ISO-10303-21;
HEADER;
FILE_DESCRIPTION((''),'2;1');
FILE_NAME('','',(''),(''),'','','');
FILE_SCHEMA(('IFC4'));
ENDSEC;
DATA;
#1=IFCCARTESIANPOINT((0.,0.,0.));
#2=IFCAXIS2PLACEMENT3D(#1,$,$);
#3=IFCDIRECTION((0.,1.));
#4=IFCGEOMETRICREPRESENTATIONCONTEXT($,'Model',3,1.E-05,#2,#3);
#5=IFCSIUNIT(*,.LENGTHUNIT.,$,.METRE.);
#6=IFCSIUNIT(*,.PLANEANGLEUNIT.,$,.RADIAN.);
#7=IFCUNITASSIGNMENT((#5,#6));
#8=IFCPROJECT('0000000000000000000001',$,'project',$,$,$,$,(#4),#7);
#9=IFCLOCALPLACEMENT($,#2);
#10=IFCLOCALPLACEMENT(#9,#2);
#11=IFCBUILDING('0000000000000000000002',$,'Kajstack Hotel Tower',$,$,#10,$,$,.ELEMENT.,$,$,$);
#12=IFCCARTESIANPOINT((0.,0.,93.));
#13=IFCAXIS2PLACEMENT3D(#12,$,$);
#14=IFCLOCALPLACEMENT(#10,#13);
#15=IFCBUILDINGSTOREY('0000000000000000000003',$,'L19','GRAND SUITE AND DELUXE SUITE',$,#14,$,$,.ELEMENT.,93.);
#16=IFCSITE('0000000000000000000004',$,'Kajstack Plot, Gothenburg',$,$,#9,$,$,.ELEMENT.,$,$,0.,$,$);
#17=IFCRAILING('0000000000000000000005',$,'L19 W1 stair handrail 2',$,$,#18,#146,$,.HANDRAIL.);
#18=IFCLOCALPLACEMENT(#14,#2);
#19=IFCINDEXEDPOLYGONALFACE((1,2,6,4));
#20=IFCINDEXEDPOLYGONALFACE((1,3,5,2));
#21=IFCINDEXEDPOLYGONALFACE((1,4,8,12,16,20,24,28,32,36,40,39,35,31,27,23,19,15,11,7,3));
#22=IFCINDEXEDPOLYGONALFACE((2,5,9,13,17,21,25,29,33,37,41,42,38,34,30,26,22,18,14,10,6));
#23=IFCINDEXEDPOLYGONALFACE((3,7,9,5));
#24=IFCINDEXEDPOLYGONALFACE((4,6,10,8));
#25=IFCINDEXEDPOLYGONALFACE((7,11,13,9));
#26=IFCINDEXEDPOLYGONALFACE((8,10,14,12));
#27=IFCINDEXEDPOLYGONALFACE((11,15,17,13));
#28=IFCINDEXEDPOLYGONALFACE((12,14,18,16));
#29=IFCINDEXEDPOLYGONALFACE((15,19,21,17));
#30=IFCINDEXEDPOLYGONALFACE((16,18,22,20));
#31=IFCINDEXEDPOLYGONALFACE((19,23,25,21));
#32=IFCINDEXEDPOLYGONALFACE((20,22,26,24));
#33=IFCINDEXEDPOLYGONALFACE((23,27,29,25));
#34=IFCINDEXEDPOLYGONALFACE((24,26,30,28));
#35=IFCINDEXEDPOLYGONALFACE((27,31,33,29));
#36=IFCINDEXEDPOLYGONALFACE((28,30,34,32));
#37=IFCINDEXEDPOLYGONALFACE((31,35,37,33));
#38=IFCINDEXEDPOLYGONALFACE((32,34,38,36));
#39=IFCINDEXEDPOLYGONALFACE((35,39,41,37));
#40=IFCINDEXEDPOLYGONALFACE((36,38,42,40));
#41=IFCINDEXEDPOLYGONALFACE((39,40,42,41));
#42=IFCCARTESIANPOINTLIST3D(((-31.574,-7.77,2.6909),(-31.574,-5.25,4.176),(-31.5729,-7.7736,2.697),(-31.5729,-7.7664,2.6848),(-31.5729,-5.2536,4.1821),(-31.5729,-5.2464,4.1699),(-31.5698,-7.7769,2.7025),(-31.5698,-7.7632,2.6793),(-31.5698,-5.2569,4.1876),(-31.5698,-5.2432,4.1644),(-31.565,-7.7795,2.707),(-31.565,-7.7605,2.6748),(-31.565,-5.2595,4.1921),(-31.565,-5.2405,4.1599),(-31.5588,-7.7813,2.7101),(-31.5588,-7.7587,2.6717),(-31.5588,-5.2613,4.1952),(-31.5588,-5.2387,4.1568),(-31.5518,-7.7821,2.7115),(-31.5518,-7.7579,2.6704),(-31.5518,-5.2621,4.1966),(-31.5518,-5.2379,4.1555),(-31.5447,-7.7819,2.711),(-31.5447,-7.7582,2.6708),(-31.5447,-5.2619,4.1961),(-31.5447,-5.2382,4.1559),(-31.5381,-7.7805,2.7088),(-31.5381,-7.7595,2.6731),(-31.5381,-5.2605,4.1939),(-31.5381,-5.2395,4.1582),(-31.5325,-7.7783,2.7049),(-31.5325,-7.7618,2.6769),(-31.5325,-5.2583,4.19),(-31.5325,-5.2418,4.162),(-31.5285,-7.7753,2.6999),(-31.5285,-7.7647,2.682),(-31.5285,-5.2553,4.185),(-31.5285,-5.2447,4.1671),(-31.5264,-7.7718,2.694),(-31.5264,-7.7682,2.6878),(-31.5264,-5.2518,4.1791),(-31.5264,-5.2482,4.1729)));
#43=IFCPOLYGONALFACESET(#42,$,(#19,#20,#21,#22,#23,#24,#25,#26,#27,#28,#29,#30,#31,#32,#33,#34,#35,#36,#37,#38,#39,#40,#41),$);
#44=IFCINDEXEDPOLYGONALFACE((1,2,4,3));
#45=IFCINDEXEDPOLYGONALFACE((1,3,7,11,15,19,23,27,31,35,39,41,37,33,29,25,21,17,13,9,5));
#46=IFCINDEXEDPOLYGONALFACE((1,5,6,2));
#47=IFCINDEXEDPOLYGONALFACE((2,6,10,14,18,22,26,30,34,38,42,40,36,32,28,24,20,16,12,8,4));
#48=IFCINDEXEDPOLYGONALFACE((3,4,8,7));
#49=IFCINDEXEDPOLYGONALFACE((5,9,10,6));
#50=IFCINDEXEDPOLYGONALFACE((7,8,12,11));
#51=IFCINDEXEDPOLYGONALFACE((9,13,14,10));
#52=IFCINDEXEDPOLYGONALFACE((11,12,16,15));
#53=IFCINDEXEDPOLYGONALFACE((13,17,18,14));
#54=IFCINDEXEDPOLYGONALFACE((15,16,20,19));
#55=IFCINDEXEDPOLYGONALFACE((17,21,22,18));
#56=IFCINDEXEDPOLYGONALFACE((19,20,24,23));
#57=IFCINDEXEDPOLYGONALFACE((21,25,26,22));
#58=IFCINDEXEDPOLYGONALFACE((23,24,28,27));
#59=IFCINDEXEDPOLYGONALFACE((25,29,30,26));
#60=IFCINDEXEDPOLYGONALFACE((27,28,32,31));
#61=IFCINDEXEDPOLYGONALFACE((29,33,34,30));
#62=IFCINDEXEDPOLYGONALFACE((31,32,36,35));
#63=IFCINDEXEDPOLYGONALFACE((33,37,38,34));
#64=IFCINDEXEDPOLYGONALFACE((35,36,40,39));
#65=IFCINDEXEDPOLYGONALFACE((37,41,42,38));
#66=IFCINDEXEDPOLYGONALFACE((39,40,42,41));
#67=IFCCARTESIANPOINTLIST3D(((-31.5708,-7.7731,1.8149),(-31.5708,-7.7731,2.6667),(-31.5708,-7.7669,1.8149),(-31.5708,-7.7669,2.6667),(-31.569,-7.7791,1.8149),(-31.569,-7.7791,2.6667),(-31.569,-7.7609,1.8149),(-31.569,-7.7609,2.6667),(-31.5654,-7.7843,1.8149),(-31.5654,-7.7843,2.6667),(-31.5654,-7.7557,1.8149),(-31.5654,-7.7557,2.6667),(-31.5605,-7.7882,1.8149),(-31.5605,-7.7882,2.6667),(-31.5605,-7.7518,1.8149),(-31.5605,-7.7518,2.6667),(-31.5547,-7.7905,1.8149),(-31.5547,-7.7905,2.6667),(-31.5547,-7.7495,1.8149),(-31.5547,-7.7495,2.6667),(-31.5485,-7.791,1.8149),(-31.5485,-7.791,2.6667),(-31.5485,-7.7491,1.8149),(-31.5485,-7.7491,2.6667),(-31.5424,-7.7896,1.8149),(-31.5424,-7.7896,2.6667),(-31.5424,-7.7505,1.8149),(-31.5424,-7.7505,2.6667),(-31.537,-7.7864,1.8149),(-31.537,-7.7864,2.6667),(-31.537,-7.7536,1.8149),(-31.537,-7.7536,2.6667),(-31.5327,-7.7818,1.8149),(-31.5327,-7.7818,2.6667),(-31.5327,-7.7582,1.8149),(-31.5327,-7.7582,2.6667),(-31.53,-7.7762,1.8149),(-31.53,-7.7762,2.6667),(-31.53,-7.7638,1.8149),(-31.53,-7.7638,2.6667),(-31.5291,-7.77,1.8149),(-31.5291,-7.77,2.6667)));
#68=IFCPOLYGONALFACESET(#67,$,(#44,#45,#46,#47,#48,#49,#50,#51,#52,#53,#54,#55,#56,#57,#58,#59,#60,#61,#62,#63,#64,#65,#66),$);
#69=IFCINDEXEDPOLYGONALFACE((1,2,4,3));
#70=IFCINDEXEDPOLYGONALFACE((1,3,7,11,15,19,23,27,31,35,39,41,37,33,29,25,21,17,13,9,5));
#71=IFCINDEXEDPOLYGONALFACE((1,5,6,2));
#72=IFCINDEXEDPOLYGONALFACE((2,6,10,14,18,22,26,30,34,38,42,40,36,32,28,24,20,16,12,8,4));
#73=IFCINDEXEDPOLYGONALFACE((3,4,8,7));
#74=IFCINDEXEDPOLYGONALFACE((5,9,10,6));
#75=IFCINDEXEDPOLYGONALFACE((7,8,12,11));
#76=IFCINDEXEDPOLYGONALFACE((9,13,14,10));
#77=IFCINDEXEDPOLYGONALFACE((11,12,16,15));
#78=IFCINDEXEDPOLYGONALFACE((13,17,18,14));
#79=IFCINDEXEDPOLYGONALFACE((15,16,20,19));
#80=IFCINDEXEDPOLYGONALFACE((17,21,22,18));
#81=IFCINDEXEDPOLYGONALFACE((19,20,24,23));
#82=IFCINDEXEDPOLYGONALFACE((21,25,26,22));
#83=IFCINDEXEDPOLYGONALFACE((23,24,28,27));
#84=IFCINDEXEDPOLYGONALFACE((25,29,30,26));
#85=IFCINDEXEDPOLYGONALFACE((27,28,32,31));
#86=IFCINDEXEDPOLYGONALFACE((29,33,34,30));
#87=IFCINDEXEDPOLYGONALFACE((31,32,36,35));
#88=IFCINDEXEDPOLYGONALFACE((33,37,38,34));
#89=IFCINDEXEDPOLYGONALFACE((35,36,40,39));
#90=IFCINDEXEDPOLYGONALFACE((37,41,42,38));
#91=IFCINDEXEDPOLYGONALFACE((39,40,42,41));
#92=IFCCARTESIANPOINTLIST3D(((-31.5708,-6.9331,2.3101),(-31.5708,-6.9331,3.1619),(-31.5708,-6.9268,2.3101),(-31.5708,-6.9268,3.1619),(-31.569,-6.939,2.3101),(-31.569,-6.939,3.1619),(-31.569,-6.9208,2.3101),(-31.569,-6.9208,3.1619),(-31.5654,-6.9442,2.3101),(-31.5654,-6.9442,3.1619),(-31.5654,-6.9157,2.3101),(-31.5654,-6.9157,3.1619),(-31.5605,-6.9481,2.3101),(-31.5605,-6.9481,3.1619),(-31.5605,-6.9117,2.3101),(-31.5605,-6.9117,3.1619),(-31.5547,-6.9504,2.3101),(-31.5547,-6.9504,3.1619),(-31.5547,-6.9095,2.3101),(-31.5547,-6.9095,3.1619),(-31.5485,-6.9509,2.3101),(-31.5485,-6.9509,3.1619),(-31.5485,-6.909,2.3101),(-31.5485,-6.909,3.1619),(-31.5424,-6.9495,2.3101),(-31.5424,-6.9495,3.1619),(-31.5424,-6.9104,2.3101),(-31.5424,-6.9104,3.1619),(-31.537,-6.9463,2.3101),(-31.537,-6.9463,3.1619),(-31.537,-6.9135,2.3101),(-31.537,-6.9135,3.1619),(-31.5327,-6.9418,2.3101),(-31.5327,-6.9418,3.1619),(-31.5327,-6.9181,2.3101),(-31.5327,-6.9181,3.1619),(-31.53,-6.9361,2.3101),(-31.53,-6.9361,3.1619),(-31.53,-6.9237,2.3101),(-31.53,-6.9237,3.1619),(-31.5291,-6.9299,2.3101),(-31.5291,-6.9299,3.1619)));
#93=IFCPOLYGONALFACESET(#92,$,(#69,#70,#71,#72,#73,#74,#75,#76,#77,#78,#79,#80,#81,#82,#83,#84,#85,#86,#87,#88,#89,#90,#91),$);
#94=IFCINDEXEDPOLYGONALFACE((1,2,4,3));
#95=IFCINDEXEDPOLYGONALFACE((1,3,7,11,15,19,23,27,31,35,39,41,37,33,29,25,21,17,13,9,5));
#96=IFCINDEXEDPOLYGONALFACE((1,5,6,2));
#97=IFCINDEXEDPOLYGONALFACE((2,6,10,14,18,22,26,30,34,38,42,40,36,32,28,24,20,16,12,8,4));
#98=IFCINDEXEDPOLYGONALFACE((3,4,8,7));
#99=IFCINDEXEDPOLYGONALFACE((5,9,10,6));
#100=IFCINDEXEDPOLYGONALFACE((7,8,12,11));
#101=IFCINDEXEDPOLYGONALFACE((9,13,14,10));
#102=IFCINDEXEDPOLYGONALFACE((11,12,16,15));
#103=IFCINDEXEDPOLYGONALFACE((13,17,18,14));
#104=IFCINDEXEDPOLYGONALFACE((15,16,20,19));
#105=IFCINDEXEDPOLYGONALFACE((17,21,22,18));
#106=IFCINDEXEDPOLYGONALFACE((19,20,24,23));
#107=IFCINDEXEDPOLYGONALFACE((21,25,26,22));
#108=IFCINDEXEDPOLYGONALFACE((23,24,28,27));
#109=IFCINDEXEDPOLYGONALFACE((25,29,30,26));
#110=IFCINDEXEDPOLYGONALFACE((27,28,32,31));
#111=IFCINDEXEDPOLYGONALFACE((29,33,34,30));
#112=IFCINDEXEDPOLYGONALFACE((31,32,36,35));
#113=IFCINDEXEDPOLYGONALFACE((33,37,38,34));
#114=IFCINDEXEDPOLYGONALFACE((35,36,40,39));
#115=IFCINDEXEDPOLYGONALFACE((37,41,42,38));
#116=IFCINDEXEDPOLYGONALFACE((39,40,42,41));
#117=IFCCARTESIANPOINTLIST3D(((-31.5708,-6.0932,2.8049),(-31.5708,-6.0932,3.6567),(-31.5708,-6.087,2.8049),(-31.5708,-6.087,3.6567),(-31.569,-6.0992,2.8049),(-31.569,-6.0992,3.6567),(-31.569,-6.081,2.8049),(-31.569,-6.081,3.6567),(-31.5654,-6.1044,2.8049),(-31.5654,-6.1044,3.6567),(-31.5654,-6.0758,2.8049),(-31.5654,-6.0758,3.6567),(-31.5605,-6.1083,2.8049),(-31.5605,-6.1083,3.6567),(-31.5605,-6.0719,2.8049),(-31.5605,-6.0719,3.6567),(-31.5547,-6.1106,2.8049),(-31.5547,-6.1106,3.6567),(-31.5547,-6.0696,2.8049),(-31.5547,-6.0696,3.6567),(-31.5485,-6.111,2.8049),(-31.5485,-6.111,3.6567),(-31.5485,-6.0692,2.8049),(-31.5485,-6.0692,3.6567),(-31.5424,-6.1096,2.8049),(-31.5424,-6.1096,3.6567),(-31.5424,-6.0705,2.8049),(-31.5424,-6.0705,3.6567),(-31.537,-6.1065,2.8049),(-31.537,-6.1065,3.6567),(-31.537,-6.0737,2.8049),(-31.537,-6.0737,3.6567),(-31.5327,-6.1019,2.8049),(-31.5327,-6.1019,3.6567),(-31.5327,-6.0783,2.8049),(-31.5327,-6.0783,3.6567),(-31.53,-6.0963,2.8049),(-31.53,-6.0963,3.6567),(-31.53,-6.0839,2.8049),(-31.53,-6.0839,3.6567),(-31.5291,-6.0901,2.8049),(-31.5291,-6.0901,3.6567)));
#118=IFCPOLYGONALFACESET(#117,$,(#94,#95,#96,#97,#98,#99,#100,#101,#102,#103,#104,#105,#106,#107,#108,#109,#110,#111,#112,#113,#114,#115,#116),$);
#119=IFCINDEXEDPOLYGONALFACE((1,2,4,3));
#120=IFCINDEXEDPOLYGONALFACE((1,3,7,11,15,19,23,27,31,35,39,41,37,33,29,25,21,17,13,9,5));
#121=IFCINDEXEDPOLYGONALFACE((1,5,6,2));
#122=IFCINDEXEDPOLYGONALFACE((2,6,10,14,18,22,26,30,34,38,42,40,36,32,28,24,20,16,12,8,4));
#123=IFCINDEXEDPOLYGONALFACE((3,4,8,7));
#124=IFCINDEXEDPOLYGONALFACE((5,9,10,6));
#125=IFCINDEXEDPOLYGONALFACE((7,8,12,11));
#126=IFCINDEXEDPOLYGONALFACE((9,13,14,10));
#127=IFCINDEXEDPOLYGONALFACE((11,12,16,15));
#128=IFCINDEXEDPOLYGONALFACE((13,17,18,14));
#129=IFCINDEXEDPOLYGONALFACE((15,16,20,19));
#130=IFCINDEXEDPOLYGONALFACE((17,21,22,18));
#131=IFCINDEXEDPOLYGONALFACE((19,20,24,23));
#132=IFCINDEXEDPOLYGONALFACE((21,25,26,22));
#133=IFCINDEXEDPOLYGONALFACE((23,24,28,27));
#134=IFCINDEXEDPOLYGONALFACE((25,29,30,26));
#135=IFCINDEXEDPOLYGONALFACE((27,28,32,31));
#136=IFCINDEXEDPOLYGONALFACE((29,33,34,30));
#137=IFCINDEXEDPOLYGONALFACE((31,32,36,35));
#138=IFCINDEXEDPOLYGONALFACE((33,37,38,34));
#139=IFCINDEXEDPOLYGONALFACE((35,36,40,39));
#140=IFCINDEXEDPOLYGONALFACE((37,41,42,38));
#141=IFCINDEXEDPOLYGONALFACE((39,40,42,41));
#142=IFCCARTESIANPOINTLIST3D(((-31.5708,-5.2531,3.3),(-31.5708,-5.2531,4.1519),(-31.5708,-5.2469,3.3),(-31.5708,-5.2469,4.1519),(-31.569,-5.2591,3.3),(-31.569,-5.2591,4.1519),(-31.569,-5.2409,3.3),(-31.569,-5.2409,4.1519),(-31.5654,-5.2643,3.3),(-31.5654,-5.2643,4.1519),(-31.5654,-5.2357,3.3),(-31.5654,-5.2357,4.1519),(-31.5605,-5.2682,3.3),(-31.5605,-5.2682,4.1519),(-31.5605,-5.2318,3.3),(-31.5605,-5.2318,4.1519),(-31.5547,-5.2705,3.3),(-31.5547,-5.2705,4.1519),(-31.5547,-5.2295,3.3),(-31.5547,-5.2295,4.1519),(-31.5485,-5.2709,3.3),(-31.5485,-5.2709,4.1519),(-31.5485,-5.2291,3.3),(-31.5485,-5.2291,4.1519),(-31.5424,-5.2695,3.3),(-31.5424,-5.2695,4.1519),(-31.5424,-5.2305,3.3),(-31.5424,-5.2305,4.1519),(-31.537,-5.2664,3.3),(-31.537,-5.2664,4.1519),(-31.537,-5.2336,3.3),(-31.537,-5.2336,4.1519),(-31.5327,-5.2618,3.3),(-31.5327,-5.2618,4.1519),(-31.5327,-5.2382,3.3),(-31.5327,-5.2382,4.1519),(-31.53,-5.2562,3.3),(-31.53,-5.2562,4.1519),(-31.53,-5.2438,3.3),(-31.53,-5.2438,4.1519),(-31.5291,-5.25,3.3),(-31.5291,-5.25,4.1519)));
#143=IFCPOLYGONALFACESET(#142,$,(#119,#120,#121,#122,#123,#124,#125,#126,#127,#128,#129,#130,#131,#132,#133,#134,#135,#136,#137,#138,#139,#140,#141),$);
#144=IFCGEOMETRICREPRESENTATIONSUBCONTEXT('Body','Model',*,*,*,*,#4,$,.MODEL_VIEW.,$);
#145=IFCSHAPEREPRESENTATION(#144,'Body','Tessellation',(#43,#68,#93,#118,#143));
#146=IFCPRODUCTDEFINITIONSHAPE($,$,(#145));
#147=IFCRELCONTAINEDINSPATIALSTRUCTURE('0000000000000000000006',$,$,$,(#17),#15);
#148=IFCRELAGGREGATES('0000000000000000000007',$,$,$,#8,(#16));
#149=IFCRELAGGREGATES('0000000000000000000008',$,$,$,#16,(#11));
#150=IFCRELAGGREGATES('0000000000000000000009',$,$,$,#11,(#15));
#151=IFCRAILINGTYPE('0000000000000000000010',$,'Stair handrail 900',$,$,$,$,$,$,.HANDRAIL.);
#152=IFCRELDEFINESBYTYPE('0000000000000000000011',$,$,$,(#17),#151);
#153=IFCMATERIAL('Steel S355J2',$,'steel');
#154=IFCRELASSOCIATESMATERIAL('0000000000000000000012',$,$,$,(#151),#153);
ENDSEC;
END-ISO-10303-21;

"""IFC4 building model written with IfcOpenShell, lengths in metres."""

from ifc_helpers import new_model, si_unit, direction, frame, origin, origin_2d, place, context, subcontext, project, spatial, circle, extrude, material, type_object, element, save


model = new_model("IFC4")

# Units and contexts
model_context = context("Model", 3, precision=1e-05, world=origin(), true_north=direction((0.0, 1.0)))
body_context = subcontext(model_context, "Body", "Model", "MODEL_VIEW")
ifc_project = project(units=[si_unit("LENGTHUNIT", "METRE"), si_unit("PLANEANGLEUNIT", "RADIAN")], contexts=[model_context])

# Site, building, storey
site_placement = place(None, origin())
site = spatial("IfcSite", under=ifc_project, at=site_placement, Name="Kajstack Plot, Gothenburg", CompositionType="ELEMENT", RefElevation=0.0)
building_placement = place(site_placement, origin())
building = spatial("IfcBuilding", under=site, at=building_placement, Name="Kajstack Hotel Tower", CompositionType="ELEMENT")
storey_placement = place(building_placement, frame((0.0, 0.0, 93.0)))
storey = spatial("IfcBuildingStorey", under=building, at=storey_placement, Name="L19", Description="GRAND SUITE AND DELUXE SUITE", CompositionType="ELEMENT", Elevation=93.0)

# Railing
ifc_material_1 = material(Name="Steel S355J2", Category="steel")
railing_type = type_object("IfcRailingType", Name="Stair handrail 900", PredefinedType="HANDRAIL", material=ifc_material_1)
railing_placement = place(storey_placement, frame((-31.55, -7.77, 1.8149)))
element("IfcRailing", 1, at=railing_placement, inside=storey, type_object=railing_type, Name="L19 W1 stair handrail 2", PredefinedType="HANDRAIL", context=body_context, shape_type="SweptSolid", body=[
    extrude(circle(Radius=0.0239, at=origin_2d()), frame((0.0, 0.0, 0.876), z_axis=(0.0, 0.861524, 0.507717), x_axis=(-1.0, 0.0, 0.0)), (0.0, 0.0, 1.0), 2.925),
    extrude(circle(Radius=0.021, at=origin_2d()), origin(), (0.0, 0.0, 1.0), 0.8518),
    extrude(circle(Radius=0.021, at=origin_2d()), frame((0.0, 0.8401, 0.4951)), (0.0, 0.0, 1.0), 0.8518),
    extrude(circle(Radius=0.021, at=origin_2d()), frame((0.0, 1.6799, 0.99)), (0.0, 0.0, 1.0), 0.8518),
    extrude(circle(Radius=0.021, at=origin_2d()), frame((0.0, 2.52, 1.4851)), (0.0, 0.0, 1.0), 0.8518),
])

save(model, "model.ifc")
